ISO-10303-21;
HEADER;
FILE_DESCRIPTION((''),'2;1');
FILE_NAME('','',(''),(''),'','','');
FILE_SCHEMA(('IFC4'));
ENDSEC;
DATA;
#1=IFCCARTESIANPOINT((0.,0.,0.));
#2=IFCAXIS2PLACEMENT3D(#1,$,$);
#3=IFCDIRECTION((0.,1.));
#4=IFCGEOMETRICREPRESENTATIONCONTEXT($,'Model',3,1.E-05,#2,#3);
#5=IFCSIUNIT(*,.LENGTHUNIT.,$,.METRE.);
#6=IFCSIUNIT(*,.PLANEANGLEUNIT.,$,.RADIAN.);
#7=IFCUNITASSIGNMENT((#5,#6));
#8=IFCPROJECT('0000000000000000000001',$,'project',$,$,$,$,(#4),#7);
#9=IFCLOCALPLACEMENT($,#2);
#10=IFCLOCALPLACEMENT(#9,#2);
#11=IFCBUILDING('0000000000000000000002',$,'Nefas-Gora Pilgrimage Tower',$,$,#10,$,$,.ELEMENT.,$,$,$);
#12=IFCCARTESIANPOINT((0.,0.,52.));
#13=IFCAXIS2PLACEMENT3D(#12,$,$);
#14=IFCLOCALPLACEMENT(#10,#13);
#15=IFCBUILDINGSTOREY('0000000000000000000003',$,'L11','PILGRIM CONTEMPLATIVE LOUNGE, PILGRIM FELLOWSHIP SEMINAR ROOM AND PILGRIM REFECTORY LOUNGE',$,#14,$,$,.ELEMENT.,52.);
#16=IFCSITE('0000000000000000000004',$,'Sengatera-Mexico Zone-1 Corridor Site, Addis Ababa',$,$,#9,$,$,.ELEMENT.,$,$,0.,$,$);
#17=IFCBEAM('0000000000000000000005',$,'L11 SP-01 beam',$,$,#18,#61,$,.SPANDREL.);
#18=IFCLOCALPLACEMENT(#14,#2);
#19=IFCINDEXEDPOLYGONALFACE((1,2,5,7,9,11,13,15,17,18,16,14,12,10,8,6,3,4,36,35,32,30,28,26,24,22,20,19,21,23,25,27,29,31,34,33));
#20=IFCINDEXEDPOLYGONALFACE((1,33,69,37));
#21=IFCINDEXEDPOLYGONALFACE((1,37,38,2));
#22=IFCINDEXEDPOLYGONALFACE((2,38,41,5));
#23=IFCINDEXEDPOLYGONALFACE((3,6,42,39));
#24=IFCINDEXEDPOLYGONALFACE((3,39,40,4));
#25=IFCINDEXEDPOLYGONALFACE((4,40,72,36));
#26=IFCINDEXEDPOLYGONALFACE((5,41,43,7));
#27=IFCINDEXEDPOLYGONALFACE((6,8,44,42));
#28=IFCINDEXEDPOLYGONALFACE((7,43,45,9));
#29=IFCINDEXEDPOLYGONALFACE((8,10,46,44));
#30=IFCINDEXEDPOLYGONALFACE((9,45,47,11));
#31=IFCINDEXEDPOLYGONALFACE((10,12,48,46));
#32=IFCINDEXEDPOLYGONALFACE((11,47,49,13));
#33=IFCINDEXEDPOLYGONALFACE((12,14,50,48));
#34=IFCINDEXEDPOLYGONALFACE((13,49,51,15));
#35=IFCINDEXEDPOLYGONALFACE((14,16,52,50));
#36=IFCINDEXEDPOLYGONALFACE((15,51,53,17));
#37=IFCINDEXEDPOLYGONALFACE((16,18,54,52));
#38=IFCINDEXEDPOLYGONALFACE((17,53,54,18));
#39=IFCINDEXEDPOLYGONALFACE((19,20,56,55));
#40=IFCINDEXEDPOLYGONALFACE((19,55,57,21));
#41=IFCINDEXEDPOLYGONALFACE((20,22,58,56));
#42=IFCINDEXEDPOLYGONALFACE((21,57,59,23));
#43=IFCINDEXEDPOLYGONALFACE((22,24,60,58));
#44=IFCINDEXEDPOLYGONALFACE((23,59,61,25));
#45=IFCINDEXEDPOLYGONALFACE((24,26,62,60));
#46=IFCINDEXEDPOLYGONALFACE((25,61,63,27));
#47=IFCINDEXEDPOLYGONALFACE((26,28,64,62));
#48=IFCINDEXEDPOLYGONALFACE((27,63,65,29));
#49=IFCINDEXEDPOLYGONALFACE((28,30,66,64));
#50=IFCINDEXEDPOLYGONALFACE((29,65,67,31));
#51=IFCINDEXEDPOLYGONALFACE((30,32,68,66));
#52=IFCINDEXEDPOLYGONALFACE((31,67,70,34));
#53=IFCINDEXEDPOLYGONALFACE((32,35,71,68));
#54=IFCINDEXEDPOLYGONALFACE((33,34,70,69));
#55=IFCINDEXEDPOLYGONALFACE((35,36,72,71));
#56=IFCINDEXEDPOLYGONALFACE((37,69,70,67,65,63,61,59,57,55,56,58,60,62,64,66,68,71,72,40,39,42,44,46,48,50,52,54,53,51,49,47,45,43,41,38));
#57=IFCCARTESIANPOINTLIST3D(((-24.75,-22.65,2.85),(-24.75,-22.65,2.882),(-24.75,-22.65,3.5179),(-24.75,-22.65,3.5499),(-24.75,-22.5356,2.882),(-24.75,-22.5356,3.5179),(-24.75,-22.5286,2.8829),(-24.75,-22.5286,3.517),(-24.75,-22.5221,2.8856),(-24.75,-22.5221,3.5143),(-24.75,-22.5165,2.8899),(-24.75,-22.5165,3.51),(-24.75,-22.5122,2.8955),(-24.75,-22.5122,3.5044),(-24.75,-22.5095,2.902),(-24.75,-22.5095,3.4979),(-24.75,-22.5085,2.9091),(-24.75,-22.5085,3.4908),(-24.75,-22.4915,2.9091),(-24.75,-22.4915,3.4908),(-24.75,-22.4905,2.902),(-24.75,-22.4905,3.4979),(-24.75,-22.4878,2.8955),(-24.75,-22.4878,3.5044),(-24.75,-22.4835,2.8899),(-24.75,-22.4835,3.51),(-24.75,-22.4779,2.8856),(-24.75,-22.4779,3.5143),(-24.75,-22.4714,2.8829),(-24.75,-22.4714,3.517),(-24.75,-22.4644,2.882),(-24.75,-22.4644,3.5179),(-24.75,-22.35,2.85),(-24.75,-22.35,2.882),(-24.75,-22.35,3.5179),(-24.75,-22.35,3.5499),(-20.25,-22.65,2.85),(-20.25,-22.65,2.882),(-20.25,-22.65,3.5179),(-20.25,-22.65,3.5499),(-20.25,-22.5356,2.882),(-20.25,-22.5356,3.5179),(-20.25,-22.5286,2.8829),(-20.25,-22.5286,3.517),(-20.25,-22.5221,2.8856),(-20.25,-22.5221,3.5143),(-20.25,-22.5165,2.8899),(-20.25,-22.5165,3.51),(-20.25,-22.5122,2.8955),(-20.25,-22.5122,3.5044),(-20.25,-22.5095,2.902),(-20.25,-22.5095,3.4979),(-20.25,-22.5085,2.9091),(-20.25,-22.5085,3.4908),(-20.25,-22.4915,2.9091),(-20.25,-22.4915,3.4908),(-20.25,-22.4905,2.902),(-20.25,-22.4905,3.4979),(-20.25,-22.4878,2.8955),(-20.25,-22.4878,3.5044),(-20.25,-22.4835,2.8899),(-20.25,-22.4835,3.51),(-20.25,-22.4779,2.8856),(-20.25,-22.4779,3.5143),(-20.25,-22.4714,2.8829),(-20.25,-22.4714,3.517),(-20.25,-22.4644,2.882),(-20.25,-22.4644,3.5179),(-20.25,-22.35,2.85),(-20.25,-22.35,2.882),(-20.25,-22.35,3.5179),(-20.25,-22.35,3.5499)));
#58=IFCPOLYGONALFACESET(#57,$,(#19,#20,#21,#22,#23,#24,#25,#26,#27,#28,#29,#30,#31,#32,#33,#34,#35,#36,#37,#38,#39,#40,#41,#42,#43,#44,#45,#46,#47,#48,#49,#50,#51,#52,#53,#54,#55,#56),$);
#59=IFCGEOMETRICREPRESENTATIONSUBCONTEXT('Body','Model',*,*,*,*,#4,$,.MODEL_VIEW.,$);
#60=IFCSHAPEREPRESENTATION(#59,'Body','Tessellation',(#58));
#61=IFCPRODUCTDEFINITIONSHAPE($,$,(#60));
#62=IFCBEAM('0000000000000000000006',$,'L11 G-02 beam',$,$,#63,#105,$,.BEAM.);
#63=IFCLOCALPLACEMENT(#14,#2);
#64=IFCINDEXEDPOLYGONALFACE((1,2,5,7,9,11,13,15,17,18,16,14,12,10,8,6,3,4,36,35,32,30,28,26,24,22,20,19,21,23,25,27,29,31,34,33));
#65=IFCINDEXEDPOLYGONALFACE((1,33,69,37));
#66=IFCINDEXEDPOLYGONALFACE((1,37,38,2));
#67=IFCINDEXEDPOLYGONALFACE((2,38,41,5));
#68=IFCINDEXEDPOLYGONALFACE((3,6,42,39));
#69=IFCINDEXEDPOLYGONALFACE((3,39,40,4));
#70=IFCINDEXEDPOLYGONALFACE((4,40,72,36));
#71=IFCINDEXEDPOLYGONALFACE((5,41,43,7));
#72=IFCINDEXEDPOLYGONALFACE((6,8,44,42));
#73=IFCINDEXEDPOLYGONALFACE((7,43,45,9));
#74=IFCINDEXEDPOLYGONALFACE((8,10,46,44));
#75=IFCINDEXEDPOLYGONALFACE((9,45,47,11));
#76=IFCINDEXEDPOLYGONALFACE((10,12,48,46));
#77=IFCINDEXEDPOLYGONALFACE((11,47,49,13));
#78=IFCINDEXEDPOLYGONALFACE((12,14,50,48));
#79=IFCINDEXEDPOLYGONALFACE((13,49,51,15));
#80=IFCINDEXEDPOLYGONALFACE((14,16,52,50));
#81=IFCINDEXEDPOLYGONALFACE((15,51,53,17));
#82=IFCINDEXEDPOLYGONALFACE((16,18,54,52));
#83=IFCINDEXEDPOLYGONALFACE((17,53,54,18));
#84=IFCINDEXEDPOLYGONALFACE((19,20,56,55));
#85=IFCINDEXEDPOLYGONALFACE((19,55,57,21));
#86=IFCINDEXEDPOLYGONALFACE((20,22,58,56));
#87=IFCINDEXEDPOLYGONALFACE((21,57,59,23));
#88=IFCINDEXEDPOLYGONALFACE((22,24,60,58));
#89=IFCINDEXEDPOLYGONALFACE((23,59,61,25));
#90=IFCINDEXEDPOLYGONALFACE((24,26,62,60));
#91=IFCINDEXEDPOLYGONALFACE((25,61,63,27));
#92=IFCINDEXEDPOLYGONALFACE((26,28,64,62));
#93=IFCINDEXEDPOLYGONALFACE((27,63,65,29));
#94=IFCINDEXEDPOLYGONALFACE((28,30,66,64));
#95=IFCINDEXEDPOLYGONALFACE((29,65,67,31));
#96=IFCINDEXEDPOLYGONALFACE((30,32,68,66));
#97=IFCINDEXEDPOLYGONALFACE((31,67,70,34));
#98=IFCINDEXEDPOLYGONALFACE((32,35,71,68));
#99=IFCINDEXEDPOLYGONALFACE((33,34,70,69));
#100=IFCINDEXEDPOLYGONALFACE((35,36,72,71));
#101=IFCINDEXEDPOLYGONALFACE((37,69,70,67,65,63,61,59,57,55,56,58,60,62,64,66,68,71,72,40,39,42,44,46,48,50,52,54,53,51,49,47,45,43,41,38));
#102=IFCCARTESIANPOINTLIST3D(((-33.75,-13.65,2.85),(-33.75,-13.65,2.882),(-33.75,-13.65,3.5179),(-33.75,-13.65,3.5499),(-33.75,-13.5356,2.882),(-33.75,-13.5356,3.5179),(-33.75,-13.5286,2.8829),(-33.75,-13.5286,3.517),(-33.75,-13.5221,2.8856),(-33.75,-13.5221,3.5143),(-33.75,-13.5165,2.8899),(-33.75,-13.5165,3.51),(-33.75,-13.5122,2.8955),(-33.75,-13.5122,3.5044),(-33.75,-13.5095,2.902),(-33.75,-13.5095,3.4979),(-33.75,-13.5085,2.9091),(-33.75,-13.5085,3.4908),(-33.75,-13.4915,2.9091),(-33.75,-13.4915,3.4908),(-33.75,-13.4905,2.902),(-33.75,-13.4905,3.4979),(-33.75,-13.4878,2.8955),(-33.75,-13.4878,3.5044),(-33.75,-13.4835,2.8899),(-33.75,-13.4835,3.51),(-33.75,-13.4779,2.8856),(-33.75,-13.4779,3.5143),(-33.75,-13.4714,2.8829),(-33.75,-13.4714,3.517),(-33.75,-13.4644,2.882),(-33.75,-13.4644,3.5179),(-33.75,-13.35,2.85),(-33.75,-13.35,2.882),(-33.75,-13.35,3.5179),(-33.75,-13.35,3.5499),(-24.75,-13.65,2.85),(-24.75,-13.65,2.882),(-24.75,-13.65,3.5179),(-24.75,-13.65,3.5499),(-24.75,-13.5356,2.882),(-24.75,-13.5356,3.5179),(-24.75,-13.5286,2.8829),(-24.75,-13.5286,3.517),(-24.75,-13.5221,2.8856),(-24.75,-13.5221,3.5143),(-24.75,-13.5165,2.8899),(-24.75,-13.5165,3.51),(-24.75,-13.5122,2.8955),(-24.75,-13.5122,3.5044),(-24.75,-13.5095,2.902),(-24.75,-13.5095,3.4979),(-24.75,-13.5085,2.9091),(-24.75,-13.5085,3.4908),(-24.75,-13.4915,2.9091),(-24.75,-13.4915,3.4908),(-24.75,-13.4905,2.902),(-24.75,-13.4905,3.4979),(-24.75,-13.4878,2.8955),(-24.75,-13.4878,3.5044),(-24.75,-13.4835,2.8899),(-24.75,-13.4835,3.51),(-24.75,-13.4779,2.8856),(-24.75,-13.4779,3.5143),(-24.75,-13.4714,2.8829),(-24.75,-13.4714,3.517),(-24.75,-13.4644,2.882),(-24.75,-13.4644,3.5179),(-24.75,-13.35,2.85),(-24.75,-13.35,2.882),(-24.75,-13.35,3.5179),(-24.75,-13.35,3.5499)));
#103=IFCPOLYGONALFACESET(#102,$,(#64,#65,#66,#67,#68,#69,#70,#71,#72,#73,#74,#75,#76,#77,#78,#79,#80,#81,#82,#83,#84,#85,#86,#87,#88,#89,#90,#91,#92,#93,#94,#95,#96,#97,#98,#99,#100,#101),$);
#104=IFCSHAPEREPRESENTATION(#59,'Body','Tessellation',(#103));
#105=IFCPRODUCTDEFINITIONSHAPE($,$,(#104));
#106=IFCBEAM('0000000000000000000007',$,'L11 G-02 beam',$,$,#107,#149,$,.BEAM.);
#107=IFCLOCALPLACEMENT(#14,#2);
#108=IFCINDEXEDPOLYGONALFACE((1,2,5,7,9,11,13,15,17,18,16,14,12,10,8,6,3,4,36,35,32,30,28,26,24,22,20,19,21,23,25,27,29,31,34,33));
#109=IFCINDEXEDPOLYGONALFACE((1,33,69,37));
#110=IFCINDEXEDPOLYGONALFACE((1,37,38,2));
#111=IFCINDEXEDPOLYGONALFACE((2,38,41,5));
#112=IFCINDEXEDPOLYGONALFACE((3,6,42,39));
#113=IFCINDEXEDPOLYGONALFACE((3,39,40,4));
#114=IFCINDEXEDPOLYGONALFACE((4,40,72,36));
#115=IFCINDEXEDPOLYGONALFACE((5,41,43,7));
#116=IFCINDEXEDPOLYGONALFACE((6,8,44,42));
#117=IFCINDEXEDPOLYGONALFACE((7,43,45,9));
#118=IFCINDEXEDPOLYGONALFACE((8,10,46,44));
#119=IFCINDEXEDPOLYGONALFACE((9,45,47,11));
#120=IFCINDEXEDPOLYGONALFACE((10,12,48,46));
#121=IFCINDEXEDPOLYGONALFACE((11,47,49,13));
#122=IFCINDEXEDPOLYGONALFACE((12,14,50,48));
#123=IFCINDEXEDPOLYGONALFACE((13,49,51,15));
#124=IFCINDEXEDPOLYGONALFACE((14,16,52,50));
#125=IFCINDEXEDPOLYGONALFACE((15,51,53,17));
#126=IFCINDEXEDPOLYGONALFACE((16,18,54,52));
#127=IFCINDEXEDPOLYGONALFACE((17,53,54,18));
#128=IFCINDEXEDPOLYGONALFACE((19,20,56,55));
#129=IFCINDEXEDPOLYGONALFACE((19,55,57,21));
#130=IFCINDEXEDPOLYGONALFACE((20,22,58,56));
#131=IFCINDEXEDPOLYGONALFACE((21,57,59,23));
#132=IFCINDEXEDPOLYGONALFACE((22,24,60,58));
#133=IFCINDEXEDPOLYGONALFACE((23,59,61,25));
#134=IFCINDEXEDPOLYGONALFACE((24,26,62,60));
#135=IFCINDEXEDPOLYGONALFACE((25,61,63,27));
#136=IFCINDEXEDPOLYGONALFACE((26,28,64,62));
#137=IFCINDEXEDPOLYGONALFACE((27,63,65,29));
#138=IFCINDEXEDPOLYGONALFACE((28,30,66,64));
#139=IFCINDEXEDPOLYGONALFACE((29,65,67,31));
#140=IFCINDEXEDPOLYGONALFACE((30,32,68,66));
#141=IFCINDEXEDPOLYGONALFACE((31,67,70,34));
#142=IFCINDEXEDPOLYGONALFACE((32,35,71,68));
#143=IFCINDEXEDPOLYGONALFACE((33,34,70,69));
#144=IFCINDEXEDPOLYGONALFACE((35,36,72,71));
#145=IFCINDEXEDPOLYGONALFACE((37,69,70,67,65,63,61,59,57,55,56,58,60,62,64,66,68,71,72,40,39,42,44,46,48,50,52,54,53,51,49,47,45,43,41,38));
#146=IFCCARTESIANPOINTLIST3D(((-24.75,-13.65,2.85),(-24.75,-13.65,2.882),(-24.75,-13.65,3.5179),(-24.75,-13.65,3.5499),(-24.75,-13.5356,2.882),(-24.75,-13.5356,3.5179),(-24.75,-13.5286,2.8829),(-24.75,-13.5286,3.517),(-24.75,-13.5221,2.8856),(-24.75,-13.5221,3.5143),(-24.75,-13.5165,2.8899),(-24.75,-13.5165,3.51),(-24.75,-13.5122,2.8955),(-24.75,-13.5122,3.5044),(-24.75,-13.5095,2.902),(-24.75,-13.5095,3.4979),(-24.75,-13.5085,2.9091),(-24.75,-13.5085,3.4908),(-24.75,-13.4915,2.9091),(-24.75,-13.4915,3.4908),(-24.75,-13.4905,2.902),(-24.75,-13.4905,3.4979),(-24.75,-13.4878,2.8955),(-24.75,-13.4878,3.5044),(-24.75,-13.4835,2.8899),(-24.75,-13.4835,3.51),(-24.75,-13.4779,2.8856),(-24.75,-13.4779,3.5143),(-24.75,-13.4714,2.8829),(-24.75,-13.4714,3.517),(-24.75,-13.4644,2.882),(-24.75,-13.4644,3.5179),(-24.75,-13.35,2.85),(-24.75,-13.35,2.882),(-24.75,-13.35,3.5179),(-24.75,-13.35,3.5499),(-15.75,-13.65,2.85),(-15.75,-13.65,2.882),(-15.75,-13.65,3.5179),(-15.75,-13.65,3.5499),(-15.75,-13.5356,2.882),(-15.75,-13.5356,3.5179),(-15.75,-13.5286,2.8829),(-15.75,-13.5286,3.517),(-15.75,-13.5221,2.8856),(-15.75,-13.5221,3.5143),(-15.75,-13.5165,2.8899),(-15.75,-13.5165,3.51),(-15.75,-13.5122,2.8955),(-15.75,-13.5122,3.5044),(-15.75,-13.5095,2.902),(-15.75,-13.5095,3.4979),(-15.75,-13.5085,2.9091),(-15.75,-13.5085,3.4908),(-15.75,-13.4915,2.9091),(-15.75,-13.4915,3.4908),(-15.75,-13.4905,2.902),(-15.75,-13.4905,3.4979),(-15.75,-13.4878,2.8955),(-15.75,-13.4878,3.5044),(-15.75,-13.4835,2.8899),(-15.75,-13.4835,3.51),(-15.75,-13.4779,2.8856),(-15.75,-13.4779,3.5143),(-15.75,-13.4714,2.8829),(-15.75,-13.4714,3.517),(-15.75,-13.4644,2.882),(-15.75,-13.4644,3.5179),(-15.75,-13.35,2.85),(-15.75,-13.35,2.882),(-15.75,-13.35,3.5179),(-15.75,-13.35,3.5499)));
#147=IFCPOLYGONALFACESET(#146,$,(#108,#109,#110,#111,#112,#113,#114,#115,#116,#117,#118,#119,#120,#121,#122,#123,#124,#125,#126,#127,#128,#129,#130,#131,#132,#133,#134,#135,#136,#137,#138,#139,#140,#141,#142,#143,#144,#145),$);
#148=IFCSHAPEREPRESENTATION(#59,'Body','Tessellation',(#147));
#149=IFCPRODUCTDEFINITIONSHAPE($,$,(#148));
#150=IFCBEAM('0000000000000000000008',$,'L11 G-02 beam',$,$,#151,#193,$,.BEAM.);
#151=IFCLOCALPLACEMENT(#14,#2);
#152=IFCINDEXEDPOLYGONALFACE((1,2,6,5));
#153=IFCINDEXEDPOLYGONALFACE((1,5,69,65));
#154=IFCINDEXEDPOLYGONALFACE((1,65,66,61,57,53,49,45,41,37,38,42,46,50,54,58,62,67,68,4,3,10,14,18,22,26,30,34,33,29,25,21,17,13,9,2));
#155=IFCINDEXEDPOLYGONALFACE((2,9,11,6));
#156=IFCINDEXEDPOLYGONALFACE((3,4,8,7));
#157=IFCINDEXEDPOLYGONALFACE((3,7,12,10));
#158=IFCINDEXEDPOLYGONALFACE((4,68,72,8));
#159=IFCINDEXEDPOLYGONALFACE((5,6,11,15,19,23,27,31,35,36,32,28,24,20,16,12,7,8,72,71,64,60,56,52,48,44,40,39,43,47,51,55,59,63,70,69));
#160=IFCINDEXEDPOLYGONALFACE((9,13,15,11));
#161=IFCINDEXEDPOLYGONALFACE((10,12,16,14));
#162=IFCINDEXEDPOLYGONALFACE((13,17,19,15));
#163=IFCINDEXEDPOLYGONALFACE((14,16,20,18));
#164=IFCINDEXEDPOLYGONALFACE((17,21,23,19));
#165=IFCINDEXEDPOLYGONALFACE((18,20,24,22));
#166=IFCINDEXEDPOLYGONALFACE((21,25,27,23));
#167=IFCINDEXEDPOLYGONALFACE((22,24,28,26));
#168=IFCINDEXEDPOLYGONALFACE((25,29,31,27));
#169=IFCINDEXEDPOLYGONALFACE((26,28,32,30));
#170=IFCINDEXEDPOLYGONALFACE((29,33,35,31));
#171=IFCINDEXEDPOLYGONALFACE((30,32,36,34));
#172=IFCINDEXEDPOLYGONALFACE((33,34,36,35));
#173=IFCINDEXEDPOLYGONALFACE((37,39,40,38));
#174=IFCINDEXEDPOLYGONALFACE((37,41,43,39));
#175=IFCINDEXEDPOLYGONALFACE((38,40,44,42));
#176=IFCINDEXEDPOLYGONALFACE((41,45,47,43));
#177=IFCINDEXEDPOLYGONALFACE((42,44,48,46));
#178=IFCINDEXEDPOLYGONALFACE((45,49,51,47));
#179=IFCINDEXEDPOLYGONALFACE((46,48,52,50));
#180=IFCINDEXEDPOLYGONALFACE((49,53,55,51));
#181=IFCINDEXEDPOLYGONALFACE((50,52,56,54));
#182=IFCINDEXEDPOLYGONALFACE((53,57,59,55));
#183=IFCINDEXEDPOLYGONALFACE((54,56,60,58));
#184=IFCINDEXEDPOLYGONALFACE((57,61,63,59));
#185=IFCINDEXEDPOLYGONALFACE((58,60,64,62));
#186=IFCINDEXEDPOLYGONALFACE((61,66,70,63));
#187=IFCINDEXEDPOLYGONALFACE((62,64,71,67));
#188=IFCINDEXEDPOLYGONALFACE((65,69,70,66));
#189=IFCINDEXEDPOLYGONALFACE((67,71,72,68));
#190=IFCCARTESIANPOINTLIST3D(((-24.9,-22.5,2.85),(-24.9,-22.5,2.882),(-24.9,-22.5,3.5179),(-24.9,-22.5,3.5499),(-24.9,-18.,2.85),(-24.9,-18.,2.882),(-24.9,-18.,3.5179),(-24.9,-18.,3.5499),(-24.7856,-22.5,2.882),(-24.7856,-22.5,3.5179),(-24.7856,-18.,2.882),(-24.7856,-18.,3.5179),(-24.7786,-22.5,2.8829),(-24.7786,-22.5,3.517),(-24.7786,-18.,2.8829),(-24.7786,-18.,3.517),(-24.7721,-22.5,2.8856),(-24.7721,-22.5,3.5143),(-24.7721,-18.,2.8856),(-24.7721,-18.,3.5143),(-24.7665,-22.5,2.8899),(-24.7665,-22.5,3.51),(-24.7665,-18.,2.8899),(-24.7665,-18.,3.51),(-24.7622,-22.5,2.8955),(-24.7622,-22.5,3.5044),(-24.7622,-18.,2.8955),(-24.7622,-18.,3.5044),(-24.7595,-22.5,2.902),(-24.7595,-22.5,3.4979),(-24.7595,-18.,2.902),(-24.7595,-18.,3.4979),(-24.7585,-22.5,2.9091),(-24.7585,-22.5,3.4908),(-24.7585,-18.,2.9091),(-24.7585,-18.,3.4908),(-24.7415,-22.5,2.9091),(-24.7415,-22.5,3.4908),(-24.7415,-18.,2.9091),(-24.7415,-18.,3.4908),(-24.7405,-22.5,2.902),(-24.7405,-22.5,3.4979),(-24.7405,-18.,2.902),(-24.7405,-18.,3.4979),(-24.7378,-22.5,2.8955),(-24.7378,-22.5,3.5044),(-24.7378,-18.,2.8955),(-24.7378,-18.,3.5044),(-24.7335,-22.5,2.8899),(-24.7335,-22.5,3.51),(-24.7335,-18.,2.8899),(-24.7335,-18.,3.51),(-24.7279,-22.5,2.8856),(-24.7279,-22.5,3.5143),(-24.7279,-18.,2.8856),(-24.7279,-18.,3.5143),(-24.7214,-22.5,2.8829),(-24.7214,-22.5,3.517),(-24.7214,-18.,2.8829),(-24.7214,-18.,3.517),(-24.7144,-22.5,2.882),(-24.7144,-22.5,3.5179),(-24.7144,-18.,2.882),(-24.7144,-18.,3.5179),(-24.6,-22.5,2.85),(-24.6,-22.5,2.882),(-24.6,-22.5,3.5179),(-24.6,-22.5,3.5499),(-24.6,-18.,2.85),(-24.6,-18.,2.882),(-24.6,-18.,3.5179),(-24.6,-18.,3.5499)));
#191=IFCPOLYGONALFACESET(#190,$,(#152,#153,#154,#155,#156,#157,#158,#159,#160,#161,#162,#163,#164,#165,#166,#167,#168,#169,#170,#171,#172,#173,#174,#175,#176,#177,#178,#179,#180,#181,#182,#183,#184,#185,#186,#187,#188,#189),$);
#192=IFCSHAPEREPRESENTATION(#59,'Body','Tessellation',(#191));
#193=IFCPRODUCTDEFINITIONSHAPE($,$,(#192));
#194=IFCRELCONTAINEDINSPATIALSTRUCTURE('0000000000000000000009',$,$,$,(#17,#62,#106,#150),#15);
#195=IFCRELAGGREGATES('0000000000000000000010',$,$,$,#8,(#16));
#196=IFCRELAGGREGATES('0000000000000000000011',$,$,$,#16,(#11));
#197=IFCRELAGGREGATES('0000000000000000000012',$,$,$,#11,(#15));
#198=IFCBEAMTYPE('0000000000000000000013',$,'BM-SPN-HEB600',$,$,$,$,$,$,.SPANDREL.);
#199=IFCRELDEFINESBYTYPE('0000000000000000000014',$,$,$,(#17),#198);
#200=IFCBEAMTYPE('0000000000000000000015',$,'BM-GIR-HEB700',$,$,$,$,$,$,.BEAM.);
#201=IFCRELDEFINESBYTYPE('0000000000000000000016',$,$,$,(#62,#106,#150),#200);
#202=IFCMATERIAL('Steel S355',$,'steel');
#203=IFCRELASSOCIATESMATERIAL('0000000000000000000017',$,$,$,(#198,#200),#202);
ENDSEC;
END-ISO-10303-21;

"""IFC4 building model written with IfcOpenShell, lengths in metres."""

from ifc_helpers import new_model, si_unit, direction, frame, origin, origin_2d, place, context, subcontext, project, spatial, i_section, extrude, source, transform, mapped, material, material_profile, profile_set, type_object, element, save


model = new_model("IFC4")

# Units and contexts
model_context = context("Model", 3, precision=1e-05, world=origin(), true_north=direction((0.0, 1.0)))
body_context = subcontext(model_context, "Body", "Model", "MODEL_VIEW")
ifc_project = project(units=[si_unit("LENGTHUNIT", "METRE"), si_unit("PLANEANGLEUNIT", "RADIAN")], contexts=[model_context])

# Site, building, storey
site_placement = place(None, origin())
site = spatial("IfcSite", under=ifc_project, at=site_placement, Name="Sengatera-Mexico Zone-1 Corridor Site, Addis Ababa", CompositionType="ELEMENT", RefElevation=0.0)
building_placement = place(site_placement, origin())
building = spatial("IfcBuilding", under=site, at=building_placement, Name="Nefas-Gora Pilgrimage Tower", CompositionType="ELEMENT")
storey_placement = place(building_placement, frame((0.0, 0.0, 52.0)))
storey = spatial("IfcBuildingStorey", under=building, at=storey_placement, Name="L11", Description="PILGRIM CONTEMPLATIVE LOUNGE, PILGRIM FELLOWSHIP SEMINAR ROOM AND PILGRIM REFECTORY LOUNGE", CompositionType="ELEMENT", Elevation=52.0)

# Beams
ifc_material_1 = material(Name="Steel S355", Category="steel")
ifc_material_profile_1 = material_profile(ifc_material_1, i_section(OverallWidth=0.3, OverallDepth=0.7, WebThickness=0.0171, FlangeThickness=0.032, FilletRadius=0.0271, at=origin_2d()), Name="HEB 700")
ifc_profile_set_1 = profile_set([ifc_material_profile_1], Name="Steel S355")
beam_type_1 = type_object("IfcBeamType", Name="BM-SPN-HEB600", PredefinedType="SPANDREL", material=ifc_profile_set_1)
shared_shape_1 = source(origin(), body_context, "Body", "SweptSolid", [
    extrude(i_section(OverallWidth=0.3, OverallDepth=0.7, WebThickness=0.0171, FlangeThickness=0.032, FilletRadius=0.0271, at=origin_2d()), origin(), (0.0, 0.0, 1.0), 4.5),
])
for number, where, z_axis, x_axis, name in (
    (1, (-24.75, -22.5, 3.2), (1.0, 0.0, 0.0), (0.0, 1.0, 0.0), "L11 SP-01 beam"),
):
    element("IfcBeam", number, at=place(storey_placement, frame(where, z_axis=z_axis, x_axis=x_axis)), inside=storey, type_object=beam_type_1, Name=name, PredefinedType="SPANDREL", context=body_context, shape_type="MappedRepresentation", body=[
        mapped(shared_shape_1, transform((0.0, 0.0, 0.0), x_axis=(1.0, 0.0, 0.0), y_axis=(0.0, 1.0, 0.0), z_axis=(0.0, 0.0, 1.0), scale=1.0)),
    ])
ifc_material_profile_2 = material_profile(ifc_material_1, i_section(OverallWidth=0.3, OverallDepth=0.7, WebThickness=0.0171, FlangeThickness=0.032, FilletRadius=0.0271, at=origin_2d()), Name="HEB 700")
ifc_profile_set_2 = profile_set([ifc_material_profile_2], Name="Steel S355")
beam_type_2 = type_object("IfcBeamType", Name="BM-GIR-HEB700", PredefinedType="BEAM", material=ifc_profile_set_2)
shared_shape_2 = source(origin(), body_context, "Body", "SweptSolid", [
    extrude(i_section(OverallWidth=0.3, OverallDepth=0.7, WebThickness=0.0171, FlangeThickness=0.032, FilletRadius=0.0271, at=origin_2d()), origin(), (0.0, 0.0, 1.0), 9.0),
])
for number, where, z_axis, x_axis, name in (
    (2, (-33.75, -13.5, 3.2), (1.0, 0.0, 0.0), (0.0, 1.0, 0.0), "L11 G-02 beam"),
    (3, (-24.75, -13.5, 3.2), (1.0, 0.0, 0.0), (0.0, 1.0, 0.0), "L11 G-02 beam"),
):
    element("IfcBeam", number, at=place(storey_placement, frame(where, z_axis=z_axis, x_axis=x_axis)), inside=storey, type_object=beam_type_2, Name=name, PredefinedType="BEAM", context=body_context, shape_type="MappedRepresentation", body=[
        mapped(shared_shape_2, transform((0.0, 0.0, 0.0), x_axis=(1.0, 0.0, 0.0), y_axis=(0.0, 1.0, 0.0), z_axis=(0.0, 0.0, 1.0), scale=1.0)),
    ])
shared_shape_3 = source(origin(), body_context, "Body", "SweptSolid", [
    extrude(i_section(OverallWidth=0.3, OverallDepth=0.7, WebThickness=0.0171, FlangeThickness=0.032, FilletRadius=0.0271, at=origin_2d()), origin(), (0.0, 0.0, 1.0), 4.5),
])
for number, where, z_axis, x_axis, name in (
    (4, (-24.75, -22.5, 3.2), (0.0, 1.0, 0.0), (-1.0, 0.0, 0.0), "L11 G-02 beam"),
):
    element("IfcBeam", number, at=place(storey_placement, frame(where, z_axis=z_axis, x_axis=x_axis)), inside=storey, type_object=beam_type_2, Name=name, PredefinedType="BEAM", context=body_context, shape_type="MappedRepresentation", body=[
        mapped(shared_shape_3, transform((0.0, 0.0, 0.0), x_axis=(1.0, 0.0, 0.0), y_axis=(0.0, 1.0, 0.0), z_axis=(0.0, 0.0, 1.0), scale=1.0)),
    ])

save(model, "model.ifc")
